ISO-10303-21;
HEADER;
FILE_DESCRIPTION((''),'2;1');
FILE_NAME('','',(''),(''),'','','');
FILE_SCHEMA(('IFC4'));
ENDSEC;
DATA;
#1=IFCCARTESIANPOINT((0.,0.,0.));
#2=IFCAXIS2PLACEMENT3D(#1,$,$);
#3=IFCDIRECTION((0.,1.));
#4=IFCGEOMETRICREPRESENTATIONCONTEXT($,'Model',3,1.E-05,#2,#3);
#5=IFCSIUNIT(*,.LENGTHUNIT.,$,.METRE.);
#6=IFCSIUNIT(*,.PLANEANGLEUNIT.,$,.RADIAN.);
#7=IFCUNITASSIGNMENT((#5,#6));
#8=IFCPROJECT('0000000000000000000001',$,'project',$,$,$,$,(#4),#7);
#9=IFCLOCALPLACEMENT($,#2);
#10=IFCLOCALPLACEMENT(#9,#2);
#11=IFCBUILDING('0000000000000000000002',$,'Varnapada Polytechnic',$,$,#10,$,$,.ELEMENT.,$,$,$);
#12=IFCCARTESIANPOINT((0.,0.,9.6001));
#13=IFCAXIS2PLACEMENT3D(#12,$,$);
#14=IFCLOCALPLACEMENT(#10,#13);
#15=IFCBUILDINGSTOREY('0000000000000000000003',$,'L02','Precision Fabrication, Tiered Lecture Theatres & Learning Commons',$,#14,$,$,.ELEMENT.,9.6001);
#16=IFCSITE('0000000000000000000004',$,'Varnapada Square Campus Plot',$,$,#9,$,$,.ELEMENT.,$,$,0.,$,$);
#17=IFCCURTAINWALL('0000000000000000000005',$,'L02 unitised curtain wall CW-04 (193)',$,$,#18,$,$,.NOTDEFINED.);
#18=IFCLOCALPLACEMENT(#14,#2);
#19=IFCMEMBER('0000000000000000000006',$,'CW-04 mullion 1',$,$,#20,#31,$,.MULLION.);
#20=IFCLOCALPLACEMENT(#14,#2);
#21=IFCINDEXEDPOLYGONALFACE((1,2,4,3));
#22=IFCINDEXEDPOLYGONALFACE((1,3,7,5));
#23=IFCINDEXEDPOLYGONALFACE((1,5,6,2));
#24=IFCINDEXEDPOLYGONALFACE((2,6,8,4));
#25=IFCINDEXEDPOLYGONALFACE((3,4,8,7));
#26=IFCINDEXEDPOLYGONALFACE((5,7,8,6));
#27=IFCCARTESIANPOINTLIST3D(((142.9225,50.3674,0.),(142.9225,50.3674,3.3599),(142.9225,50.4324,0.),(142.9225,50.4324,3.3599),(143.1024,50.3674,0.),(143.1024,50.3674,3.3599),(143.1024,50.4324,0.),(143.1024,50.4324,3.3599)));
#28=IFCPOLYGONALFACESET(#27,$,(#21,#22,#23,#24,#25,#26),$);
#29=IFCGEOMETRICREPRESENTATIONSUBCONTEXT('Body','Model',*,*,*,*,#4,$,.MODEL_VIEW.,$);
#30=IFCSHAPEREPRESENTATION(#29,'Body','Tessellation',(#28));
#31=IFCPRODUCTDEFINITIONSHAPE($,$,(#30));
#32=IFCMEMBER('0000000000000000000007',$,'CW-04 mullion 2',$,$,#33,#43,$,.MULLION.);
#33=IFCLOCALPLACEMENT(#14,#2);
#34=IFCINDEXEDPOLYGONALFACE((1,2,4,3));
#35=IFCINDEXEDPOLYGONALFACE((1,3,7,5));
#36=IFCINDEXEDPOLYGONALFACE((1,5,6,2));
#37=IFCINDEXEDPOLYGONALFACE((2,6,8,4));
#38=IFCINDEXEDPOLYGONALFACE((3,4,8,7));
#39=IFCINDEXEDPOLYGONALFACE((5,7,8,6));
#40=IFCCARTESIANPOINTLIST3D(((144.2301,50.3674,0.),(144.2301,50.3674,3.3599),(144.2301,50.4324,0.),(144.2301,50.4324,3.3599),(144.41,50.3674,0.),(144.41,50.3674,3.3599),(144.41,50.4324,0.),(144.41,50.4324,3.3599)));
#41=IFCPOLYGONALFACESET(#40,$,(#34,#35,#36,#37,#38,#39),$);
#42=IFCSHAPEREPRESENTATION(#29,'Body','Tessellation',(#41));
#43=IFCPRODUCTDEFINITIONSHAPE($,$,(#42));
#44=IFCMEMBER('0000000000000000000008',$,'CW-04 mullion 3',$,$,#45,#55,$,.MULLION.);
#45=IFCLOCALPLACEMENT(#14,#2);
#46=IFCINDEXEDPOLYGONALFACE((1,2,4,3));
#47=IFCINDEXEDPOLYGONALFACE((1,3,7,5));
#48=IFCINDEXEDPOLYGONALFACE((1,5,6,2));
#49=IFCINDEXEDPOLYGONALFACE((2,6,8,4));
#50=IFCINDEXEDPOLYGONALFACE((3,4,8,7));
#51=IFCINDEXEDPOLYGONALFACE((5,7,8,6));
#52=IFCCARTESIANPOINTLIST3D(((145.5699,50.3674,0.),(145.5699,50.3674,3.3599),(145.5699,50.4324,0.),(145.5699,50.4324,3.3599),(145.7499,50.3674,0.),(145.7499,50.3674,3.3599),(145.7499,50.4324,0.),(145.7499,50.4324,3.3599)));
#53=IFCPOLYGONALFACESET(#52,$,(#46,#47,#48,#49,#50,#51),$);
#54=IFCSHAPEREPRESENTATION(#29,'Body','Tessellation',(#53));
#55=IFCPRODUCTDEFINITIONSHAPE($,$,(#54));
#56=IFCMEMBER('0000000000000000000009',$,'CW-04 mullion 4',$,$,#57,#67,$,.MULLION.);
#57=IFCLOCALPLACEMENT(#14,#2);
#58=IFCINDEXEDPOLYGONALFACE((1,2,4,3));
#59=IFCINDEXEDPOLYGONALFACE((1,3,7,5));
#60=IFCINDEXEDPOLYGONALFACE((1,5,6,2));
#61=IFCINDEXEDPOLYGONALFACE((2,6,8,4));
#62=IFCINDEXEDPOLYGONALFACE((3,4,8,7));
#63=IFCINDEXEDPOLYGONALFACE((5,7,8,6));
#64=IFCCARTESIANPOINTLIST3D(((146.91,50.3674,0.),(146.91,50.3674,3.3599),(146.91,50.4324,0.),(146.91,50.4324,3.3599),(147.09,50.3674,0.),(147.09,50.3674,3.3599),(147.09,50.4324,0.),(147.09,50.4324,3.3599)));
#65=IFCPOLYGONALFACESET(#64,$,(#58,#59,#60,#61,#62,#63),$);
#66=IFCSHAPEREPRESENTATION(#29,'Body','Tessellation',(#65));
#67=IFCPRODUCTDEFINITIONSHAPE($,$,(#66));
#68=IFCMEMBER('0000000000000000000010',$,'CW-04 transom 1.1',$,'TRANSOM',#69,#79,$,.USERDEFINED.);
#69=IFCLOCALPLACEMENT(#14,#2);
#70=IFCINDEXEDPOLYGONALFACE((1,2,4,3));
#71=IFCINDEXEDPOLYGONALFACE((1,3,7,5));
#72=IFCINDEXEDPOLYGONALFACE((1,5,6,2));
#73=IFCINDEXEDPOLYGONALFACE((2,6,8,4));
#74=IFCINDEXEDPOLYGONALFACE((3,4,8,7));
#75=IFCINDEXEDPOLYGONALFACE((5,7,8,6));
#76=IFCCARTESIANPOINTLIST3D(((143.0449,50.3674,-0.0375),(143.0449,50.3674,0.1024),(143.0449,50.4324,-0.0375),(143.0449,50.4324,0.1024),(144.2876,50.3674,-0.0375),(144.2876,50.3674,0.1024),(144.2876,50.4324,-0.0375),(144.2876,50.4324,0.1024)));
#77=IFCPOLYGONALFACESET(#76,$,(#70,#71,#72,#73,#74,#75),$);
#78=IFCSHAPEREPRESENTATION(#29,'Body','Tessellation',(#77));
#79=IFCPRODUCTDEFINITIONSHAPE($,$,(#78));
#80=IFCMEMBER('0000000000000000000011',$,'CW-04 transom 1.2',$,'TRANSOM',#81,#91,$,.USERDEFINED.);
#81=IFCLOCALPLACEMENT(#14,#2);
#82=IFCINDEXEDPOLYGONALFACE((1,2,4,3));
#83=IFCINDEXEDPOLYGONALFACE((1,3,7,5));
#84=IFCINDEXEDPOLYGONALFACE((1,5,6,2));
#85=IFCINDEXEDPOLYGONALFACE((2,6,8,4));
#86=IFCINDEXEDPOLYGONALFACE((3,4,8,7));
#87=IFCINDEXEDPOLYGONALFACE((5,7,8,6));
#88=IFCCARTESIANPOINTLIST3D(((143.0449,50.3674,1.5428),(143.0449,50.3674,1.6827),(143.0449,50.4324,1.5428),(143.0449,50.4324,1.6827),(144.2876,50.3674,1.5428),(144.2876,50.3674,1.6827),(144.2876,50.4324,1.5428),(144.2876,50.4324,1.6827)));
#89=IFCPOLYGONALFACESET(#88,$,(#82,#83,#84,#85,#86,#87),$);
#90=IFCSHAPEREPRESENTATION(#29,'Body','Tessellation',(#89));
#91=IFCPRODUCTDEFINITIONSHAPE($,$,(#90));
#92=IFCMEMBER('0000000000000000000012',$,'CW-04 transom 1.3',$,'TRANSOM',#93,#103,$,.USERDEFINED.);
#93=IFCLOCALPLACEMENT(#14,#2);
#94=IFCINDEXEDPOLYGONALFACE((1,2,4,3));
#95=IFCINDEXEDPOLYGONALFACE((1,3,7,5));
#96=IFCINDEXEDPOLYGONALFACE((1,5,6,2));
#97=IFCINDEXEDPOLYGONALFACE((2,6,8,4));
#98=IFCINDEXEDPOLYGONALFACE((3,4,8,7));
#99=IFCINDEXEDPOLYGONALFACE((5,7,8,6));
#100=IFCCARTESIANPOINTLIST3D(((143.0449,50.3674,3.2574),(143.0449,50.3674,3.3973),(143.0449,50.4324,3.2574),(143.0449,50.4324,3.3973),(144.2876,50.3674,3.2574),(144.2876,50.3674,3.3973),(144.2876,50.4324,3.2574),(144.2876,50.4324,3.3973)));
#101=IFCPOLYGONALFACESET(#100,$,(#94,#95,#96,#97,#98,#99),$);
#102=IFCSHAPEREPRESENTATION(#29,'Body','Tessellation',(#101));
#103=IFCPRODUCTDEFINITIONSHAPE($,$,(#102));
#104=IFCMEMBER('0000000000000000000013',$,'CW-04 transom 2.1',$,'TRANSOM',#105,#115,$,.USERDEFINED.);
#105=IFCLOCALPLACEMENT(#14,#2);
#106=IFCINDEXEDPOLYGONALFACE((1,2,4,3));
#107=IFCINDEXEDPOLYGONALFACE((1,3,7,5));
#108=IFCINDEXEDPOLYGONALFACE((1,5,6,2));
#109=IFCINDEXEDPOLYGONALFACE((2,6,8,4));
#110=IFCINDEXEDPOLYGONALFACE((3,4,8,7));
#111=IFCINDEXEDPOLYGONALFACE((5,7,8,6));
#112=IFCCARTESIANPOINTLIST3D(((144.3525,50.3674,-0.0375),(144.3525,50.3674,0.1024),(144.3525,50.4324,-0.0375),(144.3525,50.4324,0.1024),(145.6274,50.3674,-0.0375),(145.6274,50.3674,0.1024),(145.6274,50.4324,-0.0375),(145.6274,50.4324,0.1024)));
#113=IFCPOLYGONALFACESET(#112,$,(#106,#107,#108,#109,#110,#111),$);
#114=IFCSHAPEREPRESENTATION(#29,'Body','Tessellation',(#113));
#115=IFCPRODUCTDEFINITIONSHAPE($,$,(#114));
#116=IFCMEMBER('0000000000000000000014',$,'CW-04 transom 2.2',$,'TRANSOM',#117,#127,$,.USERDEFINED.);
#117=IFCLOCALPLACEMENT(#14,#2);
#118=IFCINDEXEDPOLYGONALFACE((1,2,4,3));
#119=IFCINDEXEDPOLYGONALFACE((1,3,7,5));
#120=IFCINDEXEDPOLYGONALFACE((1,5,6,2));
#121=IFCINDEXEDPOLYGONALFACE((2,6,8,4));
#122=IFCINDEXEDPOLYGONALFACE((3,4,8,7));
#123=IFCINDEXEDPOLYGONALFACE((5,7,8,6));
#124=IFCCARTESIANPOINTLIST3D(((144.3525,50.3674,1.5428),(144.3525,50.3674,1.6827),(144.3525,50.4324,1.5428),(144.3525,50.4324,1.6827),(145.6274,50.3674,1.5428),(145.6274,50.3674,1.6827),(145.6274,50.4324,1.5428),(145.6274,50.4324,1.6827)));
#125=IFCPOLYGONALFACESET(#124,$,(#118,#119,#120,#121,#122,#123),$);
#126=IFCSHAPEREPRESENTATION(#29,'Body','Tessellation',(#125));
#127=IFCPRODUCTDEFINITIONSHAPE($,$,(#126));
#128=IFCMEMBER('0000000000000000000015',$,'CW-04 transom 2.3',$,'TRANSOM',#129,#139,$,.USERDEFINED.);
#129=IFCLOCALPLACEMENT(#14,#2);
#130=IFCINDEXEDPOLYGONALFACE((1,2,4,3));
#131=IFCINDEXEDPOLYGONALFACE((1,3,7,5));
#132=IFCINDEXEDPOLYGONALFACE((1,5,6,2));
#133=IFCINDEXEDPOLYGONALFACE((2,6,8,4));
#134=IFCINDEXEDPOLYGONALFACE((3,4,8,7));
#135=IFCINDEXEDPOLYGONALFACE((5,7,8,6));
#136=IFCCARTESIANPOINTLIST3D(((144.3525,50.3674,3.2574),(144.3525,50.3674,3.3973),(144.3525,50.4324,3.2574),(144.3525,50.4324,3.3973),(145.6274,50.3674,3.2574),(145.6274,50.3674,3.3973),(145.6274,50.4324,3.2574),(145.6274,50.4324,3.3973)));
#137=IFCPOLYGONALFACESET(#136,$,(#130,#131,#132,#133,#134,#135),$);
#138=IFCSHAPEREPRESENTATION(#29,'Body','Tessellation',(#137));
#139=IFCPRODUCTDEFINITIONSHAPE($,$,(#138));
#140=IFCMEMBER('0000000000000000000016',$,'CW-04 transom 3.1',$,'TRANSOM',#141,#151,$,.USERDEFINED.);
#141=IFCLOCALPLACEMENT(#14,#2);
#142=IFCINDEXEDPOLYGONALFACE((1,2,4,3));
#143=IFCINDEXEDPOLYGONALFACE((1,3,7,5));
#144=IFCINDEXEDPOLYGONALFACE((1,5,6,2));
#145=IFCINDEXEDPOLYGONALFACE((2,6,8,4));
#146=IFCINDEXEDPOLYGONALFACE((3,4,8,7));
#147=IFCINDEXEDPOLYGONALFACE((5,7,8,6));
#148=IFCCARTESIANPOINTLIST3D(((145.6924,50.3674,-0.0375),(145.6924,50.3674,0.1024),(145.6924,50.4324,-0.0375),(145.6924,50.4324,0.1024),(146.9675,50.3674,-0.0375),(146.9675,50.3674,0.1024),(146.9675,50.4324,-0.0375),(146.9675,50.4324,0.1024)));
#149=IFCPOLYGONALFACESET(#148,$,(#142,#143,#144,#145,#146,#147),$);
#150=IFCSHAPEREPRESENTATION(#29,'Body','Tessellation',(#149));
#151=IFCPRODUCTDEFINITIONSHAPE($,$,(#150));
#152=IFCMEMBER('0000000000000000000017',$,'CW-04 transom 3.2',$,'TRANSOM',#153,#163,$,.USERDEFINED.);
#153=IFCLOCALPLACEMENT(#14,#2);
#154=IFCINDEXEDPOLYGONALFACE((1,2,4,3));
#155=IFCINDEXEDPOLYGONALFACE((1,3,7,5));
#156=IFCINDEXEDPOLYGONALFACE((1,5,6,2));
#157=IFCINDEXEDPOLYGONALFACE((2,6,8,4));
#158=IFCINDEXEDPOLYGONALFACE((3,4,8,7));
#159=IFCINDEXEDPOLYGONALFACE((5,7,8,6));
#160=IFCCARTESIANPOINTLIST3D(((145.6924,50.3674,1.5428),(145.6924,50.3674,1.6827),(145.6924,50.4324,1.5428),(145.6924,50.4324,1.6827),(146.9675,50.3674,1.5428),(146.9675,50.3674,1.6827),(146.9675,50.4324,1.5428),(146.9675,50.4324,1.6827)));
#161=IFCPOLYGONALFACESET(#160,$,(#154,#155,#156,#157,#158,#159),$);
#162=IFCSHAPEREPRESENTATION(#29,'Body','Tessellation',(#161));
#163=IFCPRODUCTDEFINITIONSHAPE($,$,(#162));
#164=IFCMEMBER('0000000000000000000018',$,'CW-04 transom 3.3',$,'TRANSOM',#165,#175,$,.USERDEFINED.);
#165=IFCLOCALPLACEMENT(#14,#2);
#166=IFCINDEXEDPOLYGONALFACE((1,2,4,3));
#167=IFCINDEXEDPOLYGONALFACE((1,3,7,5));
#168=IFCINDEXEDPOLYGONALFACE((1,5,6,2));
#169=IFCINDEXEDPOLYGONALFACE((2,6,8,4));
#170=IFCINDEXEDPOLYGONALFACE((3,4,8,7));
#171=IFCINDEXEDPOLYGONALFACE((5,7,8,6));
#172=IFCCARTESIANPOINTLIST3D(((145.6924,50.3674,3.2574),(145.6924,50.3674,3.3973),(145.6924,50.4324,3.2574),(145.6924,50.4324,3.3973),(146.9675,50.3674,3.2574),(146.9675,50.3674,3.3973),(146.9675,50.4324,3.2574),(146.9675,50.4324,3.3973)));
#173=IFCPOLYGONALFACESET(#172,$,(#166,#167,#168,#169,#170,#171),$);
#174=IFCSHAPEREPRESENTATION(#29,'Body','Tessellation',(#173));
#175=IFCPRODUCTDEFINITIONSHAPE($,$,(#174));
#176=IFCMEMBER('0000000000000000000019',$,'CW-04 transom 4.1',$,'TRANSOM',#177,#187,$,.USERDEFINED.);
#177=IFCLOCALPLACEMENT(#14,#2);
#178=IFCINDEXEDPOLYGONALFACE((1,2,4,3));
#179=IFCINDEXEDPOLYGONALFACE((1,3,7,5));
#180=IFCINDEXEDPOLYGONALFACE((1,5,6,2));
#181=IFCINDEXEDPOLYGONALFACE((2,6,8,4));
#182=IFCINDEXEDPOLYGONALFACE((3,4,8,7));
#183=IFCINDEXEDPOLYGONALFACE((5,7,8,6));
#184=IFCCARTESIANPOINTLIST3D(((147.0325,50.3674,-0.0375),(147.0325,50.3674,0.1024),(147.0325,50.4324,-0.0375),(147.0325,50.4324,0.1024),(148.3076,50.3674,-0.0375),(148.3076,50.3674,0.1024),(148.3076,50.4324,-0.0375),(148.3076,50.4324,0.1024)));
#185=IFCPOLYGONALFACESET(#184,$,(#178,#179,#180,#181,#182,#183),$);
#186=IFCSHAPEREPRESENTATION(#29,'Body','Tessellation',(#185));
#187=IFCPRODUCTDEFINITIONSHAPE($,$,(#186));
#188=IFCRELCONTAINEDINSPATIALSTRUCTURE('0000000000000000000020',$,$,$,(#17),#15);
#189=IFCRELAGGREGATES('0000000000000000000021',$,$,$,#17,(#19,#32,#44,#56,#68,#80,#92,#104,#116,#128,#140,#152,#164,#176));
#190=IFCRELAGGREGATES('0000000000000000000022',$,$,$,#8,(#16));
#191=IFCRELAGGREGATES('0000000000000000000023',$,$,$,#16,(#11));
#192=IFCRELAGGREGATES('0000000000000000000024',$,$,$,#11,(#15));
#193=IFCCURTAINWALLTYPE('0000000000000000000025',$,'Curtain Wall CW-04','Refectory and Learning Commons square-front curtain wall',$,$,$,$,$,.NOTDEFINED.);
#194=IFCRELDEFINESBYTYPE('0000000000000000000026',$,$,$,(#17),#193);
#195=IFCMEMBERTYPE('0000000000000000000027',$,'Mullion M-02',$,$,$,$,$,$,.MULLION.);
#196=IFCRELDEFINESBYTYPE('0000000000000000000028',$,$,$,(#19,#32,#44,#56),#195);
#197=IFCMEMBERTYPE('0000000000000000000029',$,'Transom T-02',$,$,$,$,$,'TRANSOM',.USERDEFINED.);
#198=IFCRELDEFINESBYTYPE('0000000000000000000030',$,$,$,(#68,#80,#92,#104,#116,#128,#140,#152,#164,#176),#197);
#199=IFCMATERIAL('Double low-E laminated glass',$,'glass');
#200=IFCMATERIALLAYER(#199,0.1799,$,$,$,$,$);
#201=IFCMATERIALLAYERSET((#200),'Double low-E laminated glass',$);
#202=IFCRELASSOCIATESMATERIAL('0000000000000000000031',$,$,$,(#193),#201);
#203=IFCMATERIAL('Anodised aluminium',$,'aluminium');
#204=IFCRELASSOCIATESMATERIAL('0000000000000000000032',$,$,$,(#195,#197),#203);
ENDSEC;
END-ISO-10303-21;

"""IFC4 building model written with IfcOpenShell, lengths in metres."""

from ifc_helpers import new_model, si_unit, direction, frame, origin, origin_2d, place, context, subcontext, project, spatial, rectangle, extrude, material, layer, layer_set, material_profile, profile_set, type_object, element, aggregate, save


model = new_model("IFC4")

# Units and contexts
model_context = context("Model", 3, precision=1e-05, world=origin(), true_north=direction((0.0, 1.0)))
body_context = subcontext(model_context, "Body", "Model", "MODEL_VIEW")
ifc_project = project(units=[si_unit("LENGTHUNIT", "METRE"), si_unit("PLANEANGLEUNIT", "RADIAN")], contexts=[model_context])

# Site, building, storey
site_placement = place(None, origin())
site = spatial("IfcSite", under=ifc_project, at=site_placement, Name="Varnapada Square Campus Plot", CompositionType="ELEMENT", RefElevation=0.0)
building_placement = place(site_placement, origin())
building = spatial("IfcBuilding", under=site, at=building_placement, Name="Varnapada Polytechnic", CompositionType="ELEMENT")
storey_placement = place(building_placement, frame((0.0, 0.0, 9.6001)))
storey = spatial("IfcBuildingStorey", under=building, at=storey_placement, Name="L02", Description="Precision Fabrication, Tiered Lecture Theatres & Learning Commons", CompositionType="ELEMENT", Elevation=9.6001)

# Curtain wall, members
ifc_material_1 = material(Name="Double low-E laminated glass", Category="glass")
ifc_layer_1 = layer(ifc_material_1, 0.1799)
ifc_layer_set_1 = layer_set([ifc_layer_1], Name="Double low-E laminated glass")
curtain_wall_type = type_object("IfcCurtainWallType", Name="Curtain Wall CW-04", Description="Refectory and Learning Commons square-front curtain wall", PredefinedType="NOTDEFINED", material=ifc_layer_set_1)
curtain_wall_placement = place(storey_placement, origin())
curtain_wall = element("IfcCurtainWall", 1, at=curtain_wall_placement, inside=storey, type_object=curtain_wall_type, Name="L02 unitised curtain wall CW-04 (193)", PredefinedType="NOTDEFINED")
ifc_material_2 = material(Name="Anodised aluminium", Category="aluminium")
ifc_material_profile_1 = material_profile(ifc_material_2, rectangle(XDim=0.0649, YDim=0.1799, at=origin_2d()), Name="ALU M65x180")
ifc_profile_set_1 = profile_set([ifc_material_profile_1], Name="Anodised aluminium")
member_type_1 = type_object("IfcMemberType", Name="Mullion M-02", PredefinedType="MULLION", material=ifc_profile_set_1)
member_1_placement = place(storey_placement, frame((143.0125, 50.3999, 0.0), z_axis=(0.0, 0.0, 1.0), x_axis=(0.0, 1.0, 0.0)))
member_1 = element("IfcMember", 2, at=member_1_placement, type_object=member_type_1, Name="CW-04 mullion 1", PredefinedType="MULLION", context=body_context, shape_type="SweptSolid", body=[
    extrude(rectangle(XDim=0.0649, YDim=0.1799, at=origin_2d()), origin(), (0.0, 0.0, 1.0), 3.3599),
])
member_2_placement = place(storey_placement, frame((144.3201, 50.3999, 0.0), z_axis=(0.0, 0.0, 1.0), x_axis=(0.0, 1.0, 0.0)))
member_2 = element("IfcMember", 3, at=member_2_placement, type_object=member_type_1, Name="CW-04 mullion 2", PredefinedType="MULLION", context=body_context, shape_type="SweptSolid", body=[
    extrude(rectangle(XDim=0.0649, YDim=0.1799, at=origin_2d()), origin(), (0.0, 0.0, 1.0), 3.3599),
])
member_3_placement = place(storey_placement, frame((145.6599, 50.3999, 0.0), z_axis=(0.0, 0.0, 1.0), x_axis=(0.0, 1.0, 0.0)))
member_3 = element("IfcMember", 4, at=member_3_placement, type_object=member_type_1, Name="CW-04 mullion 3", PredefinedType="MULLION", context=body_context, shape_type="SweptSolid", body=[
    extrude(rectangle(XDim=0.0649, YDim=0.1799, at=origin_2d()), origin(), (0.0, 0.0, 1.0), 3.3599),
])
member_4_placement = place(storey_placement, frame((147.0, 50.3999, 0.0), z_axis=(0.0, 0.0, 1.0), x_axis=(0.0, 1.0, 0.0)))
member_4 = element("IfcMember", 5, at=member_4_placement, type_object=member_type_1, Name="CW-04 mullion 4", PredefinedType="MULLION", context=body_context, shape_type="SweptSolid", body=[
    extrude(rectangle(XDim=0.0649, YDim=0.1799, at=origin_2d()), origin(), (0.0, 0.0, 1.0), 3.3599),
])
ifc_material_profile_2 = material_profile(ifc_material_2, rectangle(XDim=0.0649, YDim=0.1399, at=origin_2d()), Name="ALU T65x140")
ifc_profile_set_2 = profile_set([ifc_material_profile_2], Name="Anodised aluminium")
member_type_2 = type_object("IfcMemberType", Name="Transom T-02", ElementType="TRANSOM", PredefinedType="USERDEFINED", material=ifc_profile_set_2)
member_5_placement = place(storey_placement, frame((143.0449, 50.3999, 0.0325), z_axis=(1.0, 0.0, 0.0), x_axis=(0.0, 1.0, 0.0)))
member_5 = element("IfcMember", 6, at=member_5_placement, type_object=member_type_2, Name="CW-04 transom 1.1", ObjectType="TRANSOM", PredefinedType="USERDEFINED", context=body_context, shape_type="SweptSolid", body=[
    extrude(rectangle(XDim=0.0649, YDim=0.1399, at=origin_2d()), origin(), (0.0, 0.0, 1.0), 1.2427),
])
member_6_placement = place(storey_placement, frame((143.0449, 50.3999, 1.6128), z_axis=(1.0, 0.0, 0.0), x_axis=(0.0, 1.0, 0.0)))
member_6 = element("IfcMember", 7, at=member_6_placement, type_object=member_type_2, Name="CW-04 transom 1.2", ObjectType="TRANSOM", PredefinedType="USERDEFINED", context=body_context, shape_type="SweptSolid", body=[
    extrude(rectangle(XDim=0.0649, YDim=0.1399, at=origin_2d()), origin(), (0.0, 0.0, 1.0), 1.2427),
])
member_7_placement = place(storey_placement, frame((143.0449, 50.3999, 3.3274), z_axis=(1.0, 0.0, 0.0), x_axis=(0.0, 1.0, 0.0)))
member_7 = element("IfcMember", 8, at=member_7_placement, type_object=member_type_2, Name="CW-04 transom 1.3", ObjectType="TRANSOM", PredefinedType="USERDEFINED", context=body_context, shape_type="SweptSolid", body=[
    extrude(rectangle(XDim=0.0649, YDim=0.1399, at=origin_2d()), origin(), (0.0, 0.0, 1.0), 1.2427),
])
member_8_placement = place(storey_placement, frame((144.3525, 50.3999, 0.0325), z_axis=(1.0, 0.0, 0.0), x_axis=(0.0, 1.0, 0.0)))
member_8 = element("IfcMember", 9, at=member_8_placement, type_object=member_type_2, Name="CW-04 transom 2.1", ObjectType="TRANSOM", PredefinedType="USERDEFINED", context=body_context, shape_type="SweptSolid", body=[
    extrude(rectangle(XDim=0.0649, YDim=0.1399, at=origin_2d()), origin(), (0.0, 0.0, 1.0), 1.2749),
])
member_9_placement = place(storey_placement, frame((144.3525, 50.3999, 1.6128), z_axis=(1.0, 0.0, 0.0), x_axis=(0.0, 1.0, 0.0)))
member_9 = element("IfcMember", 10, at=member_9_placement, type_object=member_type_2, Name="CW-04 transom 2.2", ObjectType="TRANSOM", PredefinedType="USERDEFINED", context=body_context, shape_type="SweptSolid", body=[
    extrude(rectangle(XDim=0.0649, YDim=0.1399, at=origin_2d()), origin(), (0.0, 0.0, 1.0), 1.2749),
])
member_10_placement = place(storey_placement, frame((144.3525, 50.3999, 3.3274), z_axis=(1.0, 0.0, 0.0), x_axis=(0.0, 1.0, 0.0)))
member_10 = element("IfcMember", 11, at=member_10_placement, type_object=member_type_2, Name="CW-04 transom 2.3", ObjectType="TRANSOM", PredefinedType="USERDEFINED", context=body_context, shape_type="SweptSolid", body=[
    extrude(rectangle(XDim=0.0649, YDim=0.1399, at=origin_2d()), origin(), (0.0, 0.0, 1.0), 1.2749),
])
member_11_placement = place(storey_placement, frame((145.6924, 50.3999, 0.0325), z_axis=(1.0, 0.0, 0.0), x_axis=(0.0, 1.0, 0.0)))
member_11 = element("IfcMember", 12, at=member_11_placement, type_object=member_type_2, Name="CW-04 transom 3.1", ObjectType="TRANSOM", PredefinedType="USERDEFINED", context=body_context, shape_type="SweptSolid", body=[
    extrude(rectangle(XDim=0.0649, YDim=0.1399, at=origin_2d()), origin(), (0.0, 0.0, 1.0), 1.2751),
])
member_12_placement = place(storey_placement, frame((145.6924, 50.3999, 1.6128), z_axis=(1.0, 0.0, 0.0), x_axis=(0.0, 1.0, 0.0)))
member_12 = element("IfcMember", 13, at=member_12_placement, type_object=member_type_2, Name="CW-04 transom 3.2", ObjectType="TRANSOM", PredefinedType="USERDEFINED", context=body_context, shape_type="SweptSolid", body=[
    extrude(rectangle(XDim=0.0649, YDim=0.1399, at=origin_2d()), origin(), (0.0, 0.0, 1.0), 1.2751),
])
member_13_placement = place(storey_placement, frame((145.6924, 50.3999, 3.3274), z_axis=(1.0, 0.0, 0.0), x_axis=(0.0, 1.0, 0.0)))
member_13 = element("IfcMember", 14, at=member_13_placement, type_object=member_type_2, Name="CW-04 transom 3.3", ObjectType="TRANSOM", PredefinedType="USERDEFINED", context=body_context, shape_type="SweptSolid", body=[
    extrude(rectangle(XDim=0.0649, YDim=0.1399, at=origin_2d()), origin(), (0.0, 0.0, 1.0), 1.2751),
])
member_14_placement = place(storey_placement, frame((147.0325, 50.3999, 0.0325), z_axis=(1.0, 0.0, 0.0), x_axis=(0.0, 1.0, 0.0)))
member_14 = element("IfcMember", 15, at=member_14_placement, type_object=member_type_2, Name="CW-04 transom 4.1", ObjectType="TRANSOM", PredefinedType="USERDEFINED", context=body_context, shape_type="SweptSolid", body=[
    extrude(rectangle(XDim=0.0649, YDim=0.1399, at=origin_2d()), origin(), (0.0, 0.0, 1.0), 1.2751),
])
aggregate(curtain_wall, [member_1, member_2, member_3, member_4, member_5, member_6, member_7, member_8, member_9, member_10, member_11, member_12, member_13, member_14])

save(model, "model.ifc")
